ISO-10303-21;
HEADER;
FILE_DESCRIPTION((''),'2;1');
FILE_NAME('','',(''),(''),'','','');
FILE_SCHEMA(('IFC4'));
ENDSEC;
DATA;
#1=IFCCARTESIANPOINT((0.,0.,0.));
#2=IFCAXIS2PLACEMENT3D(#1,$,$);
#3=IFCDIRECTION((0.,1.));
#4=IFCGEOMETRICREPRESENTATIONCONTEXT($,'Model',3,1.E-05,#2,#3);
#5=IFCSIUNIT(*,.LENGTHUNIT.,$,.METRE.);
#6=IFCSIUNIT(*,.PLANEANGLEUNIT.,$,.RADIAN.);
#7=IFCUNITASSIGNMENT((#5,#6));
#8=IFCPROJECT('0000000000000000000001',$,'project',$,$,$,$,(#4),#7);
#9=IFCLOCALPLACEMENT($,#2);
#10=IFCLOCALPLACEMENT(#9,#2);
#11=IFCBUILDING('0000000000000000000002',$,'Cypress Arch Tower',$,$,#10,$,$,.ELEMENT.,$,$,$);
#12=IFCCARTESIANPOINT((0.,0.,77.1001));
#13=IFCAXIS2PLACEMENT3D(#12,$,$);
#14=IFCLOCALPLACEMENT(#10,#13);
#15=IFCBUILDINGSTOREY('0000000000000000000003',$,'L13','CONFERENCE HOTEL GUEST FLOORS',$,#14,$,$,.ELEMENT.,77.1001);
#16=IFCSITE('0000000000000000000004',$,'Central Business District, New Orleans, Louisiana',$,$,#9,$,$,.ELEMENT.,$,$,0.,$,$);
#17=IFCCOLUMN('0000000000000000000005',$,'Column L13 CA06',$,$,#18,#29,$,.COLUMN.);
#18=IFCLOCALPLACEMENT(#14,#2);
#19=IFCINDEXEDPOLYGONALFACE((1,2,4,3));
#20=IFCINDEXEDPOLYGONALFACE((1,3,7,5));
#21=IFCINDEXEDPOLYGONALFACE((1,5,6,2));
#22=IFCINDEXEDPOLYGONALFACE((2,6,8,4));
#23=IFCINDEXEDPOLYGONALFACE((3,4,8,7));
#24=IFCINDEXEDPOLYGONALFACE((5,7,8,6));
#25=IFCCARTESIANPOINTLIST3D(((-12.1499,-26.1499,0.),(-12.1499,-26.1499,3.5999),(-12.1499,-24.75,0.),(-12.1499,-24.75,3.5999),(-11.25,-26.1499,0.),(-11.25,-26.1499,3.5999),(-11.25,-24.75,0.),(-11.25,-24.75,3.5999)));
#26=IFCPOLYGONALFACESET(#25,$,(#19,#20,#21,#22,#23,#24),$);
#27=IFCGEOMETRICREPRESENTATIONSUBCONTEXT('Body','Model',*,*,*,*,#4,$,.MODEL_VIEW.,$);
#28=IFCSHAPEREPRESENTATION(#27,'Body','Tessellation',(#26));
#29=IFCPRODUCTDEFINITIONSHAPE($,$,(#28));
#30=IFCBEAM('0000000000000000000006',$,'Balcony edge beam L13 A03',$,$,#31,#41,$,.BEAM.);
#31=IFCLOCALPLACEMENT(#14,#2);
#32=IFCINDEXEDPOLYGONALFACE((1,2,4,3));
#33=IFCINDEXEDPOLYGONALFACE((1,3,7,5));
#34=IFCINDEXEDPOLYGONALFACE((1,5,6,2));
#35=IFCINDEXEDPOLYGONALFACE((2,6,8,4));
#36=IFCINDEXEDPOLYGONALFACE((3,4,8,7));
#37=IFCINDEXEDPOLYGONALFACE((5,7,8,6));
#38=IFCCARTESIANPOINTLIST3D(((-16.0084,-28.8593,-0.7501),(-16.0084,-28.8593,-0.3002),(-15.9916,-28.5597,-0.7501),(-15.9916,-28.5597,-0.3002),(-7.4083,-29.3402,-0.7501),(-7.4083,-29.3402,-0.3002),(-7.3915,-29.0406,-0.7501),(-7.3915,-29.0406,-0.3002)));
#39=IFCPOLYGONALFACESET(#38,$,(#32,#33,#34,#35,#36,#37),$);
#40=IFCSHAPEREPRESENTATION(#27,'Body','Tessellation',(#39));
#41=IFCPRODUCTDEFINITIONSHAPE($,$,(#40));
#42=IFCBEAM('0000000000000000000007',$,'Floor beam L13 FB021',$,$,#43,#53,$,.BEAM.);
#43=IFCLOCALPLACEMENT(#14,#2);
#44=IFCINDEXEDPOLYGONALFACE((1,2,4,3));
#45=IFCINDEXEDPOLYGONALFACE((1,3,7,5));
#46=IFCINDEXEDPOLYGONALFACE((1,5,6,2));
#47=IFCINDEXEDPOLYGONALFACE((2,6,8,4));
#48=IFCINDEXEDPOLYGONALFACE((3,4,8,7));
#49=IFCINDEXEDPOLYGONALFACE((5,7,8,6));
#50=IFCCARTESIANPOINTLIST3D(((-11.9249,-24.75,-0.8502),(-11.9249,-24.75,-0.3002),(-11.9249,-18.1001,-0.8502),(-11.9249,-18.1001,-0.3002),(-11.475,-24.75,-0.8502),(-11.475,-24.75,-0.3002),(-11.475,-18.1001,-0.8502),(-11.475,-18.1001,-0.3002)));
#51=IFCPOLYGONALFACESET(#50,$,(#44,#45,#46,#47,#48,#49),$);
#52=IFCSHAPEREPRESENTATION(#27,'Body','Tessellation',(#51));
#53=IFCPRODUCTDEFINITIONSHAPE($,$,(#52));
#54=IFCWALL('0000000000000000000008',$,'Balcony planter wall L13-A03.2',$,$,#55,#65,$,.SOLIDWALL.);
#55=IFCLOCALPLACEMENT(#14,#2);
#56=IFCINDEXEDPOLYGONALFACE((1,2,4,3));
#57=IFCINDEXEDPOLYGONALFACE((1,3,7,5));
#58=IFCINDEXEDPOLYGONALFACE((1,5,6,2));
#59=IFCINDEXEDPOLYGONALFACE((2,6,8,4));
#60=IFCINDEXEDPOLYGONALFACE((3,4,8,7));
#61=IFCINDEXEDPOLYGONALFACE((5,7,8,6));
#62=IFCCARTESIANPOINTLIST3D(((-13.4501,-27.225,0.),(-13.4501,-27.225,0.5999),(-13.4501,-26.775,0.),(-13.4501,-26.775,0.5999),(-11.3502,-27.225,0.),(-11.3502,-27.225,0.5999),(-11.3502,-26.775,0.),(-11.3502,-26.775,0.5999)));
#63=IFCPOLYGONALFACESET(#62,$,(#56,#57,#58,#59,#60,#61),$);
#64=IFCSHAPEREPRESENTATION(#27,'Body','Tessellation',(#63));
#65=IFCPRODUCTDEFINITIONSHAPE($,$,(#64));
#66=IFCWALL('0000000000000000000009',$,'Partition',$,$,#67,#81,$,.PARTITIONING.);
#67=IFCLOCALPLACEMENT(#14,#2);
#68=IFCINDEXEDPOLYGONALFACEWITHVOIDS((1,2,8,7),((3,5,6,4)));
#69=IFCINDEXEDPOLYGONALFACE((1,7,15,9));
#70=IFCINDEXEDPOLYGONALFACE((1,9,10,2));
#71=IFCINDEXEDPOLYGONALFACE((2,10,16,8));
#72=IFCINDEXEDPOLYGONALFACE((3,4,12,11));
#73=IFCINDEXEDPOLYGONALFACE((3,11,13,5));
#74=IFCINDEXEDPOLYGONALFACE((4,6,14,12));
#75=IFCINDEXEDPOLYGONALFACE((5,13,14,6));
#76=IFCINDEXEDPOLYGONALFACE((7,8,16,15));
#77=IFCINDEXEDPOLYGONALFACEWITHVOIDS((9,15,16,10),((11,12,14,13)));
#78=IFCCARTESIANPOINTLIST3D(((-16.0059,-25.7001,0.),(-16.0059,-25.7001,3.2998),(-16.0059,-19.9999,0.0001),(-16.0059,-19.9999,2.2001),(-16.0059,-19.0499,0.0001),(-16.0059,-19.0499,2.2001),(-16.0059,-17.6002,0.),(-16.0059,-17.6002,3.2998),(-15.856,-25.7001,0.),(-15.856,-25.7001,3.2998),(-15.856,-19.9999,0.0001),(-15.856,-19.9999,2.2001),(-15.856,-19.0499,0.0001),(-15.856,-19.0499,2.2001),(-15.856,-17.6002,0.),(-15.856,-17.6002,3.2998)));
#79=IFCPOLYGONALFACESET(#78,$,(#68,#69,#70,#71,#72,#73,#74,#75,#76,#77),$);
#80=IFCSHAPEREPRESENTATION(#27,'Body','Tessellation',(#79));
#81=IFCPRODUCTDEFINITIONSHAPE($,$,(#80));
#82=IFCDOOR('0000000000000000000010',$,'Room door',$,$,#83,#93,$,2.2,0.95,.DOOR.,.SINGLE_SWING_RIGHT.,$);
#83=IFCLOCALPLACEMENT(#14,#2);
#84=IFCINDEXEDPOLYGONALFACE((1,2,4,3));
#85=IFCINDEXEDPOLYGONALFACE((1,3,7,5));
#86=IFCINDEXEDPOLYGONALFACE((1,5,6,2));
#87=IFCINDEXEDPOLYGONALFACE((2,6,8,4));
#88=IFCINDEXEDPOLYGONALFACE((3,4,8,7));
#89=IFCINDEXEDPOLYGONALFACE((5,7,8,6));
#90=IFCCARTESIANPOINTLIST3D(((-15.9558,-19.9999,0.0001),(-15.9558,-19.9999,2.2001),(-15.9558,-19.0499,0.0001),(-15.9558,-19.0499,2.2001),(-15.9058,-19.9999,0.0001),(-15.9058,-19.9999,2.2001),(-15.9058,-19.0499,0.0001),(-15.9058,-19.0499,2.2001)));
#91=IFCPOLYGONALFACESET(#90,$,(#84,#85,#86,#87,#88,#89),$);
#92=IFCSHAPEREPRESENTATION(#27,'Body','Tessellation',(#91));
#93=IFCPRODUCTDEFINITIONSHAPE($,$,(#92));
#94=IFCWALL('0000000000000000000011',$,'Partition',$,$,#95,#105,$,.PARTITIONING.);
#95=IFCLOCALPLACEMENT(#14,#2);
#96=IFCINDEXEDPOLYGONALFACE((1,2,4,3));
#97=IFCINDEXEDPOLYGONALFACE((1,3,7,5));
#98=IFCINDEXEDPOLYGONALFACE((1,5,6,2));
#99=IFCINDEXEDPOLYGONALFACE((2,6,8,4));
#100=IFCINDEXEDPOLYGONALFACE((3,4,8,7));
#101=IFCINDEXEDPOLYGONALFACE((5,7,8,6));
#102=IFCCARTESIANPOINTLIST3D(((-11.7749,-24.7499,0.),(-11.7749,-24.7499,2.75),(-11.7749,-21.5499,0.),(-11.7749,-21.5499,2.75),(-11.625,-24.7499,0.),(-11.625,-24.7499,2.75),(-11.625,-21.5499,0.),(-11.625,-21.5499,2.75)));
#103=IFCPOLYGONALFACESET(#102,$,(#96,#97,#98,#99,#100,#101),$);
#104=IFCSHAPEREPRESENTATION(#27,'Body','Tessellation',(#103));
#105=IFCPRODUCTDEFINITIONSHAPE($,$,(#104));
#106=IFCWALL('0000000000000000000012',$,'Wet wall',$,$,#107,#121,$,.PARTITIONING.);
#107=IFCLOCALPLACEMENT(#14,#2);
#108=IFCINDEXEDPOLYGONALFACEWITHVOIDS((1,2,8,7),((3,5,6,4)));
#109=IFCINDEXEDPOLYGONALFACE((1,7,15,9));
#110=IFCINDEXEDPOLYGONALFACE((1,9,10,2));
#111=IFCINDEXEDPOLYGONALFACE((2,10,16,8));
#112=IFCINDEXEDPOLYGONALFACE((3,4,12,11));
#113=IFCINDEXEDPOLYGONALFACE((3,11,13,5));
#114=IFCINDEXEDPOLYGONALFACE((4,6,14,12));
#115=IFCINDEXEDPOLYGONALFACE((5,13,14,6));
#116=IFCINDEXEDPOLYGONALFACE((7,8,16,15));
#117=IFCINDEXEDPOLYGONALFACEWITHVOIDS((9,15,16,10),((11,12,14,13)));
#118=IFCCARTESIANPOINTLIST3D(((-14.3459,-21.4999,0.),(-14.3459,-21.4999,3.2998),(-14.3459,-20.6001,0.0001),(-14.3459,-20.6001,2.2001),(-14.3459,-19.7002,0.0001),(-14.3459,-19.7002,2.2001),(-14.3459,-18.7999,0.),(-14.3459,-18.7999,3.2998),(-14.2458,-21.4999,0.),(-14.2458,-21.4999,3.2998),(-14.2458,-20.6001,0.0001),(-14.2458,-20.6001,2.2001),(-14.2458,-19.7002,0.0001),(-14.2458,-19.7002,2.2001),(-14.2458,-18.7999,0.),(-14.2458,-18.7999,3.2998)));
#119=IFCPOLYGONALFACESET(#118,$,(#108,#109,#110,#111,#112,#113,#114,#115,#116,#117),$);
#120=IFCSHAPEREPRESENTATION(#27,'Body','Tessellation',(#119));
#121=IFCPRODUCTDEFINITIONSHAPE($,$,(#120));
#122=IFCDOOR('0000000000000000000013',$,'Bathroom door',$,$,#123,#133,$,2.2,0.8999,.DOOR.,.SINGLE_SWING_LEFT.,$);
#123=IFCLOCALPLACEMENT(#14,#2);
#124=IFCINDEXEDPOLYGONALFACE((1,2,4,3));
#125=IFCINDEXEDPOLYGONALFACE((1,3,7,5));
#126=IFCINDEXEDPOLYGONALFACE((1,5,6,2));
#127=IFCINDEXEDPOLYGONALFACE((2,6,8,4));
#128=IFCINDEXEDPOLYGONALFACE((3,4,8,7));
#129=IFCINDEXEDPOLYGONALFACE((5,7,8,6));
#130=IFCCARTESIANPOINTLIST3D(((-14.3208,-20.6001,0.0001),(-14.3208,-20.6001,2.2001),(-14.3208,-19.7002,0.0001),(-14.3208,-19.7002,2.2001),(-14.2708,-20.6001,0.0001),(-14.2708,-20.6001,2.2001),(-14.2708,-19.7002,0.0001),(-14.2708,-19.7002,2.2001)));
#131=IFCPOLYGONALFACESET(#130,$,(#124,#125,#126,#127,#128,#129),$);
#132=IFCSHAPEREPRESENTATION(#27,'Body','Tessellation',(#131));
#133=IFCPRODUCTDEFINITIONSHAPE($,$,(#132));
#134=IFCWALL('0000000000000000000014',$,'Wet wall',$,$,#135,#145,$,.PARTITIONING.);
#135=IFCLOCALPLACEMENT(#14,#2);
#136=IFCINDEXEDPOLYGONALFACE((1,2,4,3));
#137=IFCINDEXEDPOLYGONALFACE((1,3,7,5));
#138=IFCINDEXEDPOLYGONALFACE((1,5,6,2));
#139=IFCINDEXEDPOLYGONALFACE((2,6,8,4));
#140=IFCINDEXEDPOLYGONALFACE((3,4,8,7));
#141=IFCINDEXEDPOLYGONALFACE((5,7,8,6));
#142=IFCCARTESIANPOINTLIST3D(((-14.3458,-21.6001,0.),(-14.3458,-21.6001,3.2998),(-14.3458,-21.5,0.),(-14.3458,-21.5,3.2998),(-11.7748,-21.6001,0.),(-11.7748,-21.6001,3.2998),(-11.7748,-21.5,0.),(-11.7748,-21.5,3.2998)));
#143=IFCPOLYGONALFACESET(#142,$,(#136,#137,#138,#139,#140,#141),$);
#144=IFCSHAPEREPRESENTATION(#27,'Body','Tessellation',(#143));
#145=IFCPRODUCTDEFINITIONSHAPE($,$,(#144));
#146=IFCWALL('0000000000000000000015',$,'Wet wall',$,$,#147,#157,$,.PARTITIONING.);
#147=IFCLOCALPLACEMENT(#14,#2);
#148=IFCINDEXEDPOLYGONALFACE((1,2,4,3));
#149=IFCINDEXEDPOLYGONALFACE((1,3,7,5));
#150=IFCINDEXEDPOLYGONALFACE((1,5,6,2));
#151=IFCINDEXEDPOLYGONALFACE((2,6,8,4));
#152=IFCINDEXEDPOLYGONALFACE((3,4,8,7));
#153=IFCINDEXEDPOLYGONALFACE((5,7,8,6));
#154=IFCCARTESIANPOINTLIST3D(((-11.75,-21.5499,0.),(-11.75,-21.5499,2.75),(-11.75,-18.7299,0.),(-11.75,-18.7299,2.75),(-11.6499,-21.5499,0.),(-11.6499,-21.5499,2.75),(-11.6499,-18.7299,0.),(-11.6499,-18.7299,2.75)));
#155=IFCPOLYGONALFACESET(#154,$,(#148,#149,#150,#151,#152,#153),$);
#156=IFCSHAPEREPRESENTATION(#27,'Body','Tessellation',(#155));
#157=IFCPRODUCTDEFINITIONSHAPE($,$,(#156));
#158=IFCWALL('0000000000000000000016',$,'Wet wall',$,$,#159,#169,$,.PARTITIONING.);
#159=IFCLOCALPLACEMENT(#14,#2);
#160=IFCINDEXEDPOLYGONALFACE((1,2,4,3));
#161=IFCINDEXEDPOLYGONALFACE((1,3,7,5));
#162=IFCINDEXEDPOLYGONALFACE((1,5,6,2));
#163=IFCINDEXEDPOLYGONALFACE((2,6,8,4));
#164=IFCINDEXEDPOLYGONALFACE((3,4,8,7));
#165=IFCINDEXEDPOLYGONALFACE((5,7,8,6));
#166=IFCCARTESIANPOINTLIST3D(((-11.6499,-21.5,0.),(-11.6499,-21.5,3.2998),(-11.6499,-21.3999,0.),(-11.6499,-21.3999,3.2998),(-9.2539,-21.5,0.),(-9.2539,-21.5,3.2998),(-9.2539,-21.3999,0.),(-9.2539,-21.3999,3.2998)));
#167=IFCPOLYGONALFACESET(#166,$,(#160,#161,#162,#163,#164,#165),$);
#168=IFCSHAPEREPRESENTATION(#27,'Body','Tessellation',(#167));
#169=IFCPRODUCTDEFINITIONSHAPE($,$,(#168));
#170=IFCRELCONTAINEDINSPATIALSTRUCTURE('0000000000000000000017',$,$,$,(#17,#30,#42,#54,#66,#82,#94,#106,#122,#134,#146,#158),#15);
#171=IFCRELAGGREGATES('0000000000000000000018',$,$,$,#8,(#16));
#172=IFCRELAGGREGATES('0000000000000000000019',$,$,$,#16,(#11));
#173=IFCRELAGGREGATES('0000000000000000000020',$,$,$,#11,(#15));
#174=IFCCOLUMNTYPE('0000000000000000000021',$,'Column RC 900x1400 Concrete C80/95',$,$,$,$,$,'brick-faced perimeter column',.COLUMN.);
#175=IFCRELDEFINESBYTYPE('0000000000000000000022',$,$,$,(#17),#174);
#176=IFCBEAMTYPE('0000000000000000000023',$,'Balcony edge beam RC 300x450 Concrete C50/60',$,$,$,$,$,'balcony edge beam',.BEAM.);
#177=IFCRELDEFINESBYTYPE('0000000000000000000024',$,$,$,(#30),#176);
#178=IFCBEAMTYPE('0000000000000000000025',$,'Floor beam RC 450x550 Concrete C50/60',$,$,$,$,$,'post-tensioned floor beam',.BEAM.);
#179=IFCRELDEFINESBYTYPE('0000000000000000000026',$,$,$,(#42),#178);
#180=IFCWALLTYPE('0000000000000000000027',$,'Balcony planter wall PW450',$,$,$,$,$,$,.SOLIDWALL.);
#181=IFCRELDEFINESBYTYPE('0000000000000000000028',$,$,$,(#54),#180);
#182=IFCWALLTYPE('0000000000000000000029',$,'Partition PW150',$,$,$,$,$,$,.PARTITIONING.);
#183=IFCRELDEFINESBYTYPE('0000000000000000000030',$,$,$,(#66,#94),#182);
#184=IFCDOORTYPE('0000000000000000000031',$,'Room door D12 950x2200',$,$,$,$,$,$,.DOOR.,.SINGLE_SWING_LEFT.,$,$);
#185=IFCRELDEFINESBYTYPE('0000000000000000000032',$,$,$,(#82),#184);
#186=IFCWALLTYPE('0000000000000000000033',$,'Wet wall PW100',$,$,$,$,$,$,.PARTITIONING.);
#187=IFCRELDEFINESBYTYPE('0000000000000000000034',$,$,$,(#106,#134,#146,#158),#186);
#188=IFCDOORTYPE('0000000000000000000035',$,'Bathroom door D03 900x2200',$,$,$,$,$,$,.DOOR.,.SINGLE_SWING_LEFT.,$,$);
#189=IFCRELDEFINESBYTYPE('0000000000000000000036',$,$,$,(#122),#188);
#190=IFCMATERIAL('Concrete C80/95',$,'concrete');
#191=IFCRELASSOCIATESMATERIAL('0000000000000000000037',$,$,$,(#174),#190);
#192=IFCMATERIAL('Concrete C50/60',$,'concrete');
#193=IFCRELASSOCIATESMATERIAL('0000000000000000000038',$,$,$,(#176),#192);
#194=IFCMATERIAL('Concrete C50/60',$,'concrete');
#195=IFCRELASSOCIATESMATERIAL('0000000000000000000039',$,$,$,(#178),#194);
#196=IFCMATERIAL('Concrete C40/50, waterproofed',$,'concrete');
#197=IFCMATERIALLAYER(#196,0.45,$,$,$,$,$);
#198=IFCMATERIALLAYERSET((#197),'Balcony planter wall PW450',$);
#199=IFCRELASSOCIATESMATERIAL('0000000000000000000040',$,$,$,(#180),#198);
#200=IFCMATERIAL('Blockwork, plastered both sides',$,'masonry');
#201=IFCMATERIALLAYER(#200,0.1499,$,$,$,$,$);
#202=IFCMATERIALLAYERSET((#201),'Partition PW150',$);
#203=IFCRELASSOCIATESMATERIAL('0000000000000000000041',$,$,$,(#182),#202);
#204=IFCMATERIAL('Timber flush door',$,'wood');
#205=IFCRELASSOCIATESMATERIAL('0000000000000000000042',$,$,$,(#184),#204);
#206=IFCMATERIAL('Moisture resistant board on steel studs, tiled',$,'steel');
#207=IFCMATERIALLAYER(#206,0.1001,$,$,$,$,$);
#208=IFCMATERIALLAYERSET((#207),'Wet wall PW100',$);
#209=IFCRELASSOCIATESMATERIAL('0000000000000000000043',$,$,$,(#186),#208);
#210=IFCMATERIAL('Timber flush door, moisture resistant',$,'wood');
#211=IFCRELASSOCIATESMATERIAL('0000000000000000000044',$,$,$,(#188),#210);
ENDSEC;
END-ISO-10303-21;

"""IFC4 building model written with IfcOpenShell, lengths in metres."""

from ifc_helpers import new_model, si_unit, direction, frame, frame_2d, origin, origin_2d, place, context, subcontext, project, spatial, rectangle, extrude, material, layer, layer_set, material_profile, profile_set, type_object, element, fill, save


model = new_model("IFC4")

# Units and contexts
model_context = context("Model", 3, precision=1e-05, world=origin(), true_north=direction((0.0, 1.0)))
body_context = subcontext(model_context, "Body", "Model", "MODEL_VIEW")
ifc_project = project(units=[si_unit("LENGTHUNIT", "METRE"), si_unit("PLANEANGLEUNIT", "RADIAN")], contexts=[model_context])

# Site, building, storey
site_placement = place(None, origin())
site = spatial("IfcSite", under=ifc_project, at=site_placement, Name="Central Business District, New Orleans, Louisiana", CompositionType="ELEMENT", RefElevation=0.0)
building_placement = place(site_placement, origin())
building = spatial("IfcBuilding", under=site, at=building_placement, Name="Cypress Arch Tower", CompositionType="ELEMENT")
storey_placement = place(building_placement, frame((0.0, 0.0, 77.1001)))
storey = spatial("IfcBuildingStorey", under=building, at=storey_placement, Name="L13", Description="CONFERENCE HOTEL GUEST FLOORS", CompositionType="ELEMENT", Elevation=77.1001)

# Column
ifc_material_1 = material(Name="Concrete C80/95", Category="concrete")
ifc_material_profile_1 = material_profile(ifc_material_1, rectangle(XDim=0.8999, YDim=1.3999, at=origin_2d()), Name="RC 900x1400")
ifc_profile_set_1 = profile_set([ifc_material_profile_1], Name="Concrete C80/95")
column_type = type_object("IfcColumnType", Name="Column RC 900x1400 Concrete C80/95", ElementType="brick-faced perimeter column", PredefinedType="COLUMN", material=ifc_profile_set_1)
column_placement = place(storey_placement, frame((-11.7, -25.45, 0.0), z_axis=(0.0, 0.0, 1.0), x_axis=(1.0, 0.0, 0.0)))
element("IfcColumn", 1, at=column_placement, inside=storey, type_object=column_type, Name="Column L13 CA06", PredefinedType="COLUMN", context=body_context, shape_type="SweptSolid", body=[
    extrude(rectangle(XDim=0.8999, YDim=1.3999, at=origin_2d()), origin(), (0.0, 0.0, 1.0), 3.5999),
])

# Beams
ifc_material_2 = material(Name="Concrete C50/60", Category="concrete")
ifc_material_profile_2 = material_profile(ifc_material_2, rectangle(XDim=0.3, YDim=0.45, at=origin_2d()), Name="RC 300x450")
ifc_profile_set_2 = profile_set([ifc_material_profile_2], Name="Concrete C50/60")
beam_type_1 = type_object("IfcBeamType", Name="Balcony edge beam RC 300x450 Concrete C50/60", ElementType="balcony edge beam", PredefinedType="BEAM", material=ifc_profile_set_2)
beam_1_placement = place(storey_placement, frame((-16.0, -28.7095, -0.5251), z_axis=(0.99844, -0.055837, 0.0), x_axis=(0.055837, 0.99844, 0.0)))
element("IfcBeam", 2, at=beam_1_placement, inside=storey, type_object=beam_type_1, Name="Balcony edge beam L13 A03", PredefinedType="BEAM", context=body_context, shape_type="SweptSolid", body=[
    extrude(rectangle(XDim=0.3, YDim=0.45, at=origin_2d()), origin(), (0.0, 0.0, 1.0), 8.6135),
])
ifc_material_3 = material(Name="Concrete C50/60", Category="concrete")
ifc_material_profile_3 = material_profile(ifc_material_3, rectangle(XDim=0.45, YDim=0.55, at=origin_2d()), Name="RC 450x550")
ifc_profile_set_3 = profile_set([ifc_material_profile_3], Name="Concrete C50/60")
beam_type_2 = type_object("IfcBeamType", Name="Floor beam RC 450x550 Concrete C50/60", ElementType="post-tensioned floor beam", PredefinedType="BEAM", material=ifc_profile_set_3)
beam_2_placement = place(storey_placement, frame((-11.7, -24.75, -0.5752), z_axis=(0.0, 1.0, 0.0), x_axis=(-1.0, 0.0, 0.0)))
element("IfcBeam", 3, at=beam_2_placement, inside=storey, type_object=beam_type_2, Name="Floor beam L13 FB021", PredefinedType="BEAM", context=body_context, shape_type="SweptSolid", body=[
    extrude(rectangle(XDim=0.45, YDim=0.55, at=origin_2d()), origin(), (0.0, 0.0, 1.0), 6.6499),
])

# Wall
ifc_material_4 = material(Name="Concrete C40/50, waterproofed", Category="concrete")
ifc_layer_1 = layer(ifc_material_4, 0.45)
ifc_layer_set_1 = layer_set([ifc_layer_1], Name="Balcony planter wall PW450")
wall_type_1 = type_object("IfcWallType", Name="Balcony planter wall PW450", PredefinedType="SOLIDWALL", material=ifc_layer_set_1)
wall_1_placement = place(storey_placement, frame((-13.45, -27.0, 0.0), z_axis=(0.0, 0.0, 1.0), x_axis=(1.0, 0.0, 0.0)))
element("IfcWall", 4, at=wall_1_placement, inside=storey, type_object=wall_type_1, Name="Balcony planter wall L13-A03.2", PredefinedType="SOLIDWALL", context=body_context, shape_type="SweptSolid", body=[
    extrude(rectangle(XDim=2.0999, YDim=0.45, at=frame_2d((1.0498, 0.0))), origin(), (0.0, 0.0, 1.0), 0.5999),
])

# Wall, opening, door
ifc_material_5 = material(Name="Blockwork, plastered both sides", Category="masonry")
ifc_layer_2 = layer(ifc_material_5, 0.1499)
ifc_layer_set_2 = layer_set([ifc_layer_2], Name="Partition PW150")
wall_type_2 = type_object("IfcWallType", Name="Partition PW150", PredefinedType="PARTITIONING", material=ifc_layer_set_2)
wall_2_placement = place(storey_placement, frame((-15.9309, -25.7, 0.0), z_axis=(0.0, 0.0, 1.0), x_axis=(0.0, 1.0, 0.0)))
wall_2 = element("IfcWall", 5, at=wall_2_placement, inside=storey, type_object=wall_type_2, Name="Partition", PredefinedType="PARTITIONING", context=body_context, shape_type="SweptSolid", body=[
    extrude(rectangle(XDim=8.0999, YDim=0.1499, at=frame_2d((4.0498, 0.0))), origin(), (0.0, 0.0, 1.0), 3.2998),
])
opening_1_placement = place(wall_2_placement, frame((5.7, 0.0, 0.0)))
opening_1 = element("IfcOpeningElement", 6, at=opening_1_placement, cuts=wall_2, PredefinedType="OPENING", context=body_context, shape_type="SweptSolid", body=[
    extrude(rectangle(XDim=0.95, YDim=2.2, at=frame_2d((0.4751, 1.1001))), frame((0.0, 0.085, 0.0), z_axis=(0.0, -1.0, 0.0), x_axis=(1.0, 0.0, 0.0)), (0.0, 0.0, 1.0), 0.1699),
])
ifc_material_6 = material(Name="Timber flush door", Category="wood")
door_type_1 = type_object("IfcDoorType", Name="Room door D12 950x2200", OperationType="SINGLE_SWING_LEFT", PredefinedType="DOOR", material=ifc_material_6)
door_1_placement = place(opening_1_placement, origin())
door_1 = element("IfcDoor", 7, at=door_1_placement, inside=storey, type_object=door_type_1, Name="Room door", OperationType="SINGLE_SWING_RIGHT", OverallHeight=2.2, OverallWidth=0.95, PredefinedType="DOOR", context=body_context, shape_type="SweptSolid", body=[
    extrude(rectangle(XDim=0.95, YDim=2.2, at=frame_2d((0.4751, 1.1001))), frame((0.0, 0.0249, 0.0), z_axis=(0.0, -1.0, 0.0), x_axis=(1.0, 0.0, 0.0)), (0.0, 0.0, 1.0), 0.05),
])
fill(opening_1, door_1)

# Wall
wall_3_placement = place(storey_placement, frame((-11.7, -24.75, 0.0), z_axis=(0.0, 0.0, 1.0), x_axis=(0.0, 1.0, 0.0)))
element("IfcWall", 8, at=wall_3_placement, inside=storey, type_object=wall_type_2, Name="Partition", PredefinedType="PARTITIONING", context=body_context, shape_type="SweptSolid", body=[
    extrude(rectangle(XDim=3.2, YDim=0.1499, at=frame_2d((1.6001, 0.0))), origin(), (0.0, 0.0, 1.0), 2.75),
])

# Wall, opening, door
ifc_material_7 = material(Name="Moisture resistant board on steel studs, tiled", Category="steel")
ifc_layer_3 = layer(ifc_material_7, 0.1001)
ifc_layer_set_3 = layer_set([ifc_layer_3], Name="Wet wall PW100")
wall_type_3 = type_object("IfcWallType", Name="Wet wall PW100", PredefinedType="PARTITIONING", material=ifc_layer_set_3)
wall_4_placement = place(storey_placement, frame((-14.2959, -21.5, 0.0), z_axis=(0.0, 0.0, 1.0), x_axis=(0.0, 1.0, 0.0)))
wall_4 = element("IfcWall", 9, at=wall_4_placement, inside=storey, type_object=wall_type_3, Name="Wet wall", PredefinedType="PARTITIONING", context=body_context, shape_type="SweptSolid", body=[
    extrude(rectangle(XDim=2.7, YDim=0.1001, at=frame_2d((1.3501, 0.0))), origin(), (0.0, 0.0, 1.0), 3.2998),
])
opening_2_placement = place(wall_4_placement, frame((0.8999, 0.0, 0.0)))
opening_2 = element("IfcOpeningElement", 10, at=opening_2_placement, cuts=wall_4, PredefinedType="OPENING", context=body_context, shape_type="SweptSolid", body=[
    extrude(rectangle(XDim=0.8999, YDim=2.2, at=frame_2d((0.45, 1.1001))), frame((0.0, 0.0601, 0.0), z_axis=(0.0, -1.0, 0.0), x_axis=(1.0, 0.0, 0.0)), (0.0, 0.0, 1.0), 0.1201),
])
ifc_material_8 = material(Name="Timber flush door, moisture resistant", Category="wood")
door_type_2 = type_object("IfcDoorType", Name="Bathroom door D03 900x2200", OperationType="SINGLE_SWING_LEFT", PredefinedType="DOOR", material=ifc_material_8)
door_2_placement = place(opening_2_placement, origin())
door_2 = element("IfcDoor", 11, at=door_2_placement, inside=storey, type_object=door_type_2, Name="Bathroom door", OperationType="SINGLE_SWING_LEFT", OverallHeight=2.2, OverallWidth=0.8999, PredefinedType="DOOR", context=body_context, shape_type="SweptSolid", body=[
    extrude(rectangle(XDim=0.8999, YDim=2.2, at=frame_2d((0.45, 1.1001))), frame((0.0, 0.0249, 0.0), z_axis=(0.0, -1.0, 0.0), x_axis=(1.0, 0.0, 0.0)), (0.0, 0.0, 1.0), 0.05),
])
fill(opening_2, door_2)

# Walls
wall_5_placement = place(storey_placement, frame((-14.3459, -21.55, 0.0), z_axis=(0.0, 0.0, 1.0), x_axis=(1.0, 0.0, 0.0)))
element("IfcWall", 12, at=wall_5_placement, inside=storey, type_object=wall_type_3, Name="Wet wall", PredefinedType="PARTITIONING", context=body_context, shape_type="SweptSolid", body=[
    extrude(rectangle(XDim=2.571, YDim=0.1001, at=frame_2d((1.2856, 0.0))), origin(), (0.0, 0.0, 1.0), 3.2998),
])
wall_6_placement = place(storey_placement, frame((-11.7, -21.55, 0.0), z_axis=(0.0, 0.0, 1.0), x_axis=(0.0, 1.0, 0.0)))
element("IfcWall", 13, at=wall_6_placement, inside=storey, type_object=wall_type_3, Name="Wet wall", PredefinedType="PARTITIONING", context=body_context, shape_type="SweptSolid", body=[
    extrude(rectangle(XDim=2.8201, YDim=0.1001, at=frame_2d((1.4102, 0.0))), origin(), (0.0, 0.0, 1.0), 2.75),
])
wall_7_placement = place(storey_placement, frame((-11.6499, -21.45, 0.0), z_axis=(0.0, 0.0, 1.0), x_axis=(1.0, 0.0, 0.0)))
element("IfcWall", 14, at=wall_7_placement, inside=storey, type_object=wall_type_3, Name="Wet wall", PredefinedType="PARTITIONING", context=body_context, shape_type="SweptSolid", body=[
    extrude(rectangle(XDim=2.396, YDim=0.1001, at=frame_2d((1.198, 0.0))), origin(), (0.0, 0.0, 1.0), 3.2998),
])

save(model, "model.ifc")
